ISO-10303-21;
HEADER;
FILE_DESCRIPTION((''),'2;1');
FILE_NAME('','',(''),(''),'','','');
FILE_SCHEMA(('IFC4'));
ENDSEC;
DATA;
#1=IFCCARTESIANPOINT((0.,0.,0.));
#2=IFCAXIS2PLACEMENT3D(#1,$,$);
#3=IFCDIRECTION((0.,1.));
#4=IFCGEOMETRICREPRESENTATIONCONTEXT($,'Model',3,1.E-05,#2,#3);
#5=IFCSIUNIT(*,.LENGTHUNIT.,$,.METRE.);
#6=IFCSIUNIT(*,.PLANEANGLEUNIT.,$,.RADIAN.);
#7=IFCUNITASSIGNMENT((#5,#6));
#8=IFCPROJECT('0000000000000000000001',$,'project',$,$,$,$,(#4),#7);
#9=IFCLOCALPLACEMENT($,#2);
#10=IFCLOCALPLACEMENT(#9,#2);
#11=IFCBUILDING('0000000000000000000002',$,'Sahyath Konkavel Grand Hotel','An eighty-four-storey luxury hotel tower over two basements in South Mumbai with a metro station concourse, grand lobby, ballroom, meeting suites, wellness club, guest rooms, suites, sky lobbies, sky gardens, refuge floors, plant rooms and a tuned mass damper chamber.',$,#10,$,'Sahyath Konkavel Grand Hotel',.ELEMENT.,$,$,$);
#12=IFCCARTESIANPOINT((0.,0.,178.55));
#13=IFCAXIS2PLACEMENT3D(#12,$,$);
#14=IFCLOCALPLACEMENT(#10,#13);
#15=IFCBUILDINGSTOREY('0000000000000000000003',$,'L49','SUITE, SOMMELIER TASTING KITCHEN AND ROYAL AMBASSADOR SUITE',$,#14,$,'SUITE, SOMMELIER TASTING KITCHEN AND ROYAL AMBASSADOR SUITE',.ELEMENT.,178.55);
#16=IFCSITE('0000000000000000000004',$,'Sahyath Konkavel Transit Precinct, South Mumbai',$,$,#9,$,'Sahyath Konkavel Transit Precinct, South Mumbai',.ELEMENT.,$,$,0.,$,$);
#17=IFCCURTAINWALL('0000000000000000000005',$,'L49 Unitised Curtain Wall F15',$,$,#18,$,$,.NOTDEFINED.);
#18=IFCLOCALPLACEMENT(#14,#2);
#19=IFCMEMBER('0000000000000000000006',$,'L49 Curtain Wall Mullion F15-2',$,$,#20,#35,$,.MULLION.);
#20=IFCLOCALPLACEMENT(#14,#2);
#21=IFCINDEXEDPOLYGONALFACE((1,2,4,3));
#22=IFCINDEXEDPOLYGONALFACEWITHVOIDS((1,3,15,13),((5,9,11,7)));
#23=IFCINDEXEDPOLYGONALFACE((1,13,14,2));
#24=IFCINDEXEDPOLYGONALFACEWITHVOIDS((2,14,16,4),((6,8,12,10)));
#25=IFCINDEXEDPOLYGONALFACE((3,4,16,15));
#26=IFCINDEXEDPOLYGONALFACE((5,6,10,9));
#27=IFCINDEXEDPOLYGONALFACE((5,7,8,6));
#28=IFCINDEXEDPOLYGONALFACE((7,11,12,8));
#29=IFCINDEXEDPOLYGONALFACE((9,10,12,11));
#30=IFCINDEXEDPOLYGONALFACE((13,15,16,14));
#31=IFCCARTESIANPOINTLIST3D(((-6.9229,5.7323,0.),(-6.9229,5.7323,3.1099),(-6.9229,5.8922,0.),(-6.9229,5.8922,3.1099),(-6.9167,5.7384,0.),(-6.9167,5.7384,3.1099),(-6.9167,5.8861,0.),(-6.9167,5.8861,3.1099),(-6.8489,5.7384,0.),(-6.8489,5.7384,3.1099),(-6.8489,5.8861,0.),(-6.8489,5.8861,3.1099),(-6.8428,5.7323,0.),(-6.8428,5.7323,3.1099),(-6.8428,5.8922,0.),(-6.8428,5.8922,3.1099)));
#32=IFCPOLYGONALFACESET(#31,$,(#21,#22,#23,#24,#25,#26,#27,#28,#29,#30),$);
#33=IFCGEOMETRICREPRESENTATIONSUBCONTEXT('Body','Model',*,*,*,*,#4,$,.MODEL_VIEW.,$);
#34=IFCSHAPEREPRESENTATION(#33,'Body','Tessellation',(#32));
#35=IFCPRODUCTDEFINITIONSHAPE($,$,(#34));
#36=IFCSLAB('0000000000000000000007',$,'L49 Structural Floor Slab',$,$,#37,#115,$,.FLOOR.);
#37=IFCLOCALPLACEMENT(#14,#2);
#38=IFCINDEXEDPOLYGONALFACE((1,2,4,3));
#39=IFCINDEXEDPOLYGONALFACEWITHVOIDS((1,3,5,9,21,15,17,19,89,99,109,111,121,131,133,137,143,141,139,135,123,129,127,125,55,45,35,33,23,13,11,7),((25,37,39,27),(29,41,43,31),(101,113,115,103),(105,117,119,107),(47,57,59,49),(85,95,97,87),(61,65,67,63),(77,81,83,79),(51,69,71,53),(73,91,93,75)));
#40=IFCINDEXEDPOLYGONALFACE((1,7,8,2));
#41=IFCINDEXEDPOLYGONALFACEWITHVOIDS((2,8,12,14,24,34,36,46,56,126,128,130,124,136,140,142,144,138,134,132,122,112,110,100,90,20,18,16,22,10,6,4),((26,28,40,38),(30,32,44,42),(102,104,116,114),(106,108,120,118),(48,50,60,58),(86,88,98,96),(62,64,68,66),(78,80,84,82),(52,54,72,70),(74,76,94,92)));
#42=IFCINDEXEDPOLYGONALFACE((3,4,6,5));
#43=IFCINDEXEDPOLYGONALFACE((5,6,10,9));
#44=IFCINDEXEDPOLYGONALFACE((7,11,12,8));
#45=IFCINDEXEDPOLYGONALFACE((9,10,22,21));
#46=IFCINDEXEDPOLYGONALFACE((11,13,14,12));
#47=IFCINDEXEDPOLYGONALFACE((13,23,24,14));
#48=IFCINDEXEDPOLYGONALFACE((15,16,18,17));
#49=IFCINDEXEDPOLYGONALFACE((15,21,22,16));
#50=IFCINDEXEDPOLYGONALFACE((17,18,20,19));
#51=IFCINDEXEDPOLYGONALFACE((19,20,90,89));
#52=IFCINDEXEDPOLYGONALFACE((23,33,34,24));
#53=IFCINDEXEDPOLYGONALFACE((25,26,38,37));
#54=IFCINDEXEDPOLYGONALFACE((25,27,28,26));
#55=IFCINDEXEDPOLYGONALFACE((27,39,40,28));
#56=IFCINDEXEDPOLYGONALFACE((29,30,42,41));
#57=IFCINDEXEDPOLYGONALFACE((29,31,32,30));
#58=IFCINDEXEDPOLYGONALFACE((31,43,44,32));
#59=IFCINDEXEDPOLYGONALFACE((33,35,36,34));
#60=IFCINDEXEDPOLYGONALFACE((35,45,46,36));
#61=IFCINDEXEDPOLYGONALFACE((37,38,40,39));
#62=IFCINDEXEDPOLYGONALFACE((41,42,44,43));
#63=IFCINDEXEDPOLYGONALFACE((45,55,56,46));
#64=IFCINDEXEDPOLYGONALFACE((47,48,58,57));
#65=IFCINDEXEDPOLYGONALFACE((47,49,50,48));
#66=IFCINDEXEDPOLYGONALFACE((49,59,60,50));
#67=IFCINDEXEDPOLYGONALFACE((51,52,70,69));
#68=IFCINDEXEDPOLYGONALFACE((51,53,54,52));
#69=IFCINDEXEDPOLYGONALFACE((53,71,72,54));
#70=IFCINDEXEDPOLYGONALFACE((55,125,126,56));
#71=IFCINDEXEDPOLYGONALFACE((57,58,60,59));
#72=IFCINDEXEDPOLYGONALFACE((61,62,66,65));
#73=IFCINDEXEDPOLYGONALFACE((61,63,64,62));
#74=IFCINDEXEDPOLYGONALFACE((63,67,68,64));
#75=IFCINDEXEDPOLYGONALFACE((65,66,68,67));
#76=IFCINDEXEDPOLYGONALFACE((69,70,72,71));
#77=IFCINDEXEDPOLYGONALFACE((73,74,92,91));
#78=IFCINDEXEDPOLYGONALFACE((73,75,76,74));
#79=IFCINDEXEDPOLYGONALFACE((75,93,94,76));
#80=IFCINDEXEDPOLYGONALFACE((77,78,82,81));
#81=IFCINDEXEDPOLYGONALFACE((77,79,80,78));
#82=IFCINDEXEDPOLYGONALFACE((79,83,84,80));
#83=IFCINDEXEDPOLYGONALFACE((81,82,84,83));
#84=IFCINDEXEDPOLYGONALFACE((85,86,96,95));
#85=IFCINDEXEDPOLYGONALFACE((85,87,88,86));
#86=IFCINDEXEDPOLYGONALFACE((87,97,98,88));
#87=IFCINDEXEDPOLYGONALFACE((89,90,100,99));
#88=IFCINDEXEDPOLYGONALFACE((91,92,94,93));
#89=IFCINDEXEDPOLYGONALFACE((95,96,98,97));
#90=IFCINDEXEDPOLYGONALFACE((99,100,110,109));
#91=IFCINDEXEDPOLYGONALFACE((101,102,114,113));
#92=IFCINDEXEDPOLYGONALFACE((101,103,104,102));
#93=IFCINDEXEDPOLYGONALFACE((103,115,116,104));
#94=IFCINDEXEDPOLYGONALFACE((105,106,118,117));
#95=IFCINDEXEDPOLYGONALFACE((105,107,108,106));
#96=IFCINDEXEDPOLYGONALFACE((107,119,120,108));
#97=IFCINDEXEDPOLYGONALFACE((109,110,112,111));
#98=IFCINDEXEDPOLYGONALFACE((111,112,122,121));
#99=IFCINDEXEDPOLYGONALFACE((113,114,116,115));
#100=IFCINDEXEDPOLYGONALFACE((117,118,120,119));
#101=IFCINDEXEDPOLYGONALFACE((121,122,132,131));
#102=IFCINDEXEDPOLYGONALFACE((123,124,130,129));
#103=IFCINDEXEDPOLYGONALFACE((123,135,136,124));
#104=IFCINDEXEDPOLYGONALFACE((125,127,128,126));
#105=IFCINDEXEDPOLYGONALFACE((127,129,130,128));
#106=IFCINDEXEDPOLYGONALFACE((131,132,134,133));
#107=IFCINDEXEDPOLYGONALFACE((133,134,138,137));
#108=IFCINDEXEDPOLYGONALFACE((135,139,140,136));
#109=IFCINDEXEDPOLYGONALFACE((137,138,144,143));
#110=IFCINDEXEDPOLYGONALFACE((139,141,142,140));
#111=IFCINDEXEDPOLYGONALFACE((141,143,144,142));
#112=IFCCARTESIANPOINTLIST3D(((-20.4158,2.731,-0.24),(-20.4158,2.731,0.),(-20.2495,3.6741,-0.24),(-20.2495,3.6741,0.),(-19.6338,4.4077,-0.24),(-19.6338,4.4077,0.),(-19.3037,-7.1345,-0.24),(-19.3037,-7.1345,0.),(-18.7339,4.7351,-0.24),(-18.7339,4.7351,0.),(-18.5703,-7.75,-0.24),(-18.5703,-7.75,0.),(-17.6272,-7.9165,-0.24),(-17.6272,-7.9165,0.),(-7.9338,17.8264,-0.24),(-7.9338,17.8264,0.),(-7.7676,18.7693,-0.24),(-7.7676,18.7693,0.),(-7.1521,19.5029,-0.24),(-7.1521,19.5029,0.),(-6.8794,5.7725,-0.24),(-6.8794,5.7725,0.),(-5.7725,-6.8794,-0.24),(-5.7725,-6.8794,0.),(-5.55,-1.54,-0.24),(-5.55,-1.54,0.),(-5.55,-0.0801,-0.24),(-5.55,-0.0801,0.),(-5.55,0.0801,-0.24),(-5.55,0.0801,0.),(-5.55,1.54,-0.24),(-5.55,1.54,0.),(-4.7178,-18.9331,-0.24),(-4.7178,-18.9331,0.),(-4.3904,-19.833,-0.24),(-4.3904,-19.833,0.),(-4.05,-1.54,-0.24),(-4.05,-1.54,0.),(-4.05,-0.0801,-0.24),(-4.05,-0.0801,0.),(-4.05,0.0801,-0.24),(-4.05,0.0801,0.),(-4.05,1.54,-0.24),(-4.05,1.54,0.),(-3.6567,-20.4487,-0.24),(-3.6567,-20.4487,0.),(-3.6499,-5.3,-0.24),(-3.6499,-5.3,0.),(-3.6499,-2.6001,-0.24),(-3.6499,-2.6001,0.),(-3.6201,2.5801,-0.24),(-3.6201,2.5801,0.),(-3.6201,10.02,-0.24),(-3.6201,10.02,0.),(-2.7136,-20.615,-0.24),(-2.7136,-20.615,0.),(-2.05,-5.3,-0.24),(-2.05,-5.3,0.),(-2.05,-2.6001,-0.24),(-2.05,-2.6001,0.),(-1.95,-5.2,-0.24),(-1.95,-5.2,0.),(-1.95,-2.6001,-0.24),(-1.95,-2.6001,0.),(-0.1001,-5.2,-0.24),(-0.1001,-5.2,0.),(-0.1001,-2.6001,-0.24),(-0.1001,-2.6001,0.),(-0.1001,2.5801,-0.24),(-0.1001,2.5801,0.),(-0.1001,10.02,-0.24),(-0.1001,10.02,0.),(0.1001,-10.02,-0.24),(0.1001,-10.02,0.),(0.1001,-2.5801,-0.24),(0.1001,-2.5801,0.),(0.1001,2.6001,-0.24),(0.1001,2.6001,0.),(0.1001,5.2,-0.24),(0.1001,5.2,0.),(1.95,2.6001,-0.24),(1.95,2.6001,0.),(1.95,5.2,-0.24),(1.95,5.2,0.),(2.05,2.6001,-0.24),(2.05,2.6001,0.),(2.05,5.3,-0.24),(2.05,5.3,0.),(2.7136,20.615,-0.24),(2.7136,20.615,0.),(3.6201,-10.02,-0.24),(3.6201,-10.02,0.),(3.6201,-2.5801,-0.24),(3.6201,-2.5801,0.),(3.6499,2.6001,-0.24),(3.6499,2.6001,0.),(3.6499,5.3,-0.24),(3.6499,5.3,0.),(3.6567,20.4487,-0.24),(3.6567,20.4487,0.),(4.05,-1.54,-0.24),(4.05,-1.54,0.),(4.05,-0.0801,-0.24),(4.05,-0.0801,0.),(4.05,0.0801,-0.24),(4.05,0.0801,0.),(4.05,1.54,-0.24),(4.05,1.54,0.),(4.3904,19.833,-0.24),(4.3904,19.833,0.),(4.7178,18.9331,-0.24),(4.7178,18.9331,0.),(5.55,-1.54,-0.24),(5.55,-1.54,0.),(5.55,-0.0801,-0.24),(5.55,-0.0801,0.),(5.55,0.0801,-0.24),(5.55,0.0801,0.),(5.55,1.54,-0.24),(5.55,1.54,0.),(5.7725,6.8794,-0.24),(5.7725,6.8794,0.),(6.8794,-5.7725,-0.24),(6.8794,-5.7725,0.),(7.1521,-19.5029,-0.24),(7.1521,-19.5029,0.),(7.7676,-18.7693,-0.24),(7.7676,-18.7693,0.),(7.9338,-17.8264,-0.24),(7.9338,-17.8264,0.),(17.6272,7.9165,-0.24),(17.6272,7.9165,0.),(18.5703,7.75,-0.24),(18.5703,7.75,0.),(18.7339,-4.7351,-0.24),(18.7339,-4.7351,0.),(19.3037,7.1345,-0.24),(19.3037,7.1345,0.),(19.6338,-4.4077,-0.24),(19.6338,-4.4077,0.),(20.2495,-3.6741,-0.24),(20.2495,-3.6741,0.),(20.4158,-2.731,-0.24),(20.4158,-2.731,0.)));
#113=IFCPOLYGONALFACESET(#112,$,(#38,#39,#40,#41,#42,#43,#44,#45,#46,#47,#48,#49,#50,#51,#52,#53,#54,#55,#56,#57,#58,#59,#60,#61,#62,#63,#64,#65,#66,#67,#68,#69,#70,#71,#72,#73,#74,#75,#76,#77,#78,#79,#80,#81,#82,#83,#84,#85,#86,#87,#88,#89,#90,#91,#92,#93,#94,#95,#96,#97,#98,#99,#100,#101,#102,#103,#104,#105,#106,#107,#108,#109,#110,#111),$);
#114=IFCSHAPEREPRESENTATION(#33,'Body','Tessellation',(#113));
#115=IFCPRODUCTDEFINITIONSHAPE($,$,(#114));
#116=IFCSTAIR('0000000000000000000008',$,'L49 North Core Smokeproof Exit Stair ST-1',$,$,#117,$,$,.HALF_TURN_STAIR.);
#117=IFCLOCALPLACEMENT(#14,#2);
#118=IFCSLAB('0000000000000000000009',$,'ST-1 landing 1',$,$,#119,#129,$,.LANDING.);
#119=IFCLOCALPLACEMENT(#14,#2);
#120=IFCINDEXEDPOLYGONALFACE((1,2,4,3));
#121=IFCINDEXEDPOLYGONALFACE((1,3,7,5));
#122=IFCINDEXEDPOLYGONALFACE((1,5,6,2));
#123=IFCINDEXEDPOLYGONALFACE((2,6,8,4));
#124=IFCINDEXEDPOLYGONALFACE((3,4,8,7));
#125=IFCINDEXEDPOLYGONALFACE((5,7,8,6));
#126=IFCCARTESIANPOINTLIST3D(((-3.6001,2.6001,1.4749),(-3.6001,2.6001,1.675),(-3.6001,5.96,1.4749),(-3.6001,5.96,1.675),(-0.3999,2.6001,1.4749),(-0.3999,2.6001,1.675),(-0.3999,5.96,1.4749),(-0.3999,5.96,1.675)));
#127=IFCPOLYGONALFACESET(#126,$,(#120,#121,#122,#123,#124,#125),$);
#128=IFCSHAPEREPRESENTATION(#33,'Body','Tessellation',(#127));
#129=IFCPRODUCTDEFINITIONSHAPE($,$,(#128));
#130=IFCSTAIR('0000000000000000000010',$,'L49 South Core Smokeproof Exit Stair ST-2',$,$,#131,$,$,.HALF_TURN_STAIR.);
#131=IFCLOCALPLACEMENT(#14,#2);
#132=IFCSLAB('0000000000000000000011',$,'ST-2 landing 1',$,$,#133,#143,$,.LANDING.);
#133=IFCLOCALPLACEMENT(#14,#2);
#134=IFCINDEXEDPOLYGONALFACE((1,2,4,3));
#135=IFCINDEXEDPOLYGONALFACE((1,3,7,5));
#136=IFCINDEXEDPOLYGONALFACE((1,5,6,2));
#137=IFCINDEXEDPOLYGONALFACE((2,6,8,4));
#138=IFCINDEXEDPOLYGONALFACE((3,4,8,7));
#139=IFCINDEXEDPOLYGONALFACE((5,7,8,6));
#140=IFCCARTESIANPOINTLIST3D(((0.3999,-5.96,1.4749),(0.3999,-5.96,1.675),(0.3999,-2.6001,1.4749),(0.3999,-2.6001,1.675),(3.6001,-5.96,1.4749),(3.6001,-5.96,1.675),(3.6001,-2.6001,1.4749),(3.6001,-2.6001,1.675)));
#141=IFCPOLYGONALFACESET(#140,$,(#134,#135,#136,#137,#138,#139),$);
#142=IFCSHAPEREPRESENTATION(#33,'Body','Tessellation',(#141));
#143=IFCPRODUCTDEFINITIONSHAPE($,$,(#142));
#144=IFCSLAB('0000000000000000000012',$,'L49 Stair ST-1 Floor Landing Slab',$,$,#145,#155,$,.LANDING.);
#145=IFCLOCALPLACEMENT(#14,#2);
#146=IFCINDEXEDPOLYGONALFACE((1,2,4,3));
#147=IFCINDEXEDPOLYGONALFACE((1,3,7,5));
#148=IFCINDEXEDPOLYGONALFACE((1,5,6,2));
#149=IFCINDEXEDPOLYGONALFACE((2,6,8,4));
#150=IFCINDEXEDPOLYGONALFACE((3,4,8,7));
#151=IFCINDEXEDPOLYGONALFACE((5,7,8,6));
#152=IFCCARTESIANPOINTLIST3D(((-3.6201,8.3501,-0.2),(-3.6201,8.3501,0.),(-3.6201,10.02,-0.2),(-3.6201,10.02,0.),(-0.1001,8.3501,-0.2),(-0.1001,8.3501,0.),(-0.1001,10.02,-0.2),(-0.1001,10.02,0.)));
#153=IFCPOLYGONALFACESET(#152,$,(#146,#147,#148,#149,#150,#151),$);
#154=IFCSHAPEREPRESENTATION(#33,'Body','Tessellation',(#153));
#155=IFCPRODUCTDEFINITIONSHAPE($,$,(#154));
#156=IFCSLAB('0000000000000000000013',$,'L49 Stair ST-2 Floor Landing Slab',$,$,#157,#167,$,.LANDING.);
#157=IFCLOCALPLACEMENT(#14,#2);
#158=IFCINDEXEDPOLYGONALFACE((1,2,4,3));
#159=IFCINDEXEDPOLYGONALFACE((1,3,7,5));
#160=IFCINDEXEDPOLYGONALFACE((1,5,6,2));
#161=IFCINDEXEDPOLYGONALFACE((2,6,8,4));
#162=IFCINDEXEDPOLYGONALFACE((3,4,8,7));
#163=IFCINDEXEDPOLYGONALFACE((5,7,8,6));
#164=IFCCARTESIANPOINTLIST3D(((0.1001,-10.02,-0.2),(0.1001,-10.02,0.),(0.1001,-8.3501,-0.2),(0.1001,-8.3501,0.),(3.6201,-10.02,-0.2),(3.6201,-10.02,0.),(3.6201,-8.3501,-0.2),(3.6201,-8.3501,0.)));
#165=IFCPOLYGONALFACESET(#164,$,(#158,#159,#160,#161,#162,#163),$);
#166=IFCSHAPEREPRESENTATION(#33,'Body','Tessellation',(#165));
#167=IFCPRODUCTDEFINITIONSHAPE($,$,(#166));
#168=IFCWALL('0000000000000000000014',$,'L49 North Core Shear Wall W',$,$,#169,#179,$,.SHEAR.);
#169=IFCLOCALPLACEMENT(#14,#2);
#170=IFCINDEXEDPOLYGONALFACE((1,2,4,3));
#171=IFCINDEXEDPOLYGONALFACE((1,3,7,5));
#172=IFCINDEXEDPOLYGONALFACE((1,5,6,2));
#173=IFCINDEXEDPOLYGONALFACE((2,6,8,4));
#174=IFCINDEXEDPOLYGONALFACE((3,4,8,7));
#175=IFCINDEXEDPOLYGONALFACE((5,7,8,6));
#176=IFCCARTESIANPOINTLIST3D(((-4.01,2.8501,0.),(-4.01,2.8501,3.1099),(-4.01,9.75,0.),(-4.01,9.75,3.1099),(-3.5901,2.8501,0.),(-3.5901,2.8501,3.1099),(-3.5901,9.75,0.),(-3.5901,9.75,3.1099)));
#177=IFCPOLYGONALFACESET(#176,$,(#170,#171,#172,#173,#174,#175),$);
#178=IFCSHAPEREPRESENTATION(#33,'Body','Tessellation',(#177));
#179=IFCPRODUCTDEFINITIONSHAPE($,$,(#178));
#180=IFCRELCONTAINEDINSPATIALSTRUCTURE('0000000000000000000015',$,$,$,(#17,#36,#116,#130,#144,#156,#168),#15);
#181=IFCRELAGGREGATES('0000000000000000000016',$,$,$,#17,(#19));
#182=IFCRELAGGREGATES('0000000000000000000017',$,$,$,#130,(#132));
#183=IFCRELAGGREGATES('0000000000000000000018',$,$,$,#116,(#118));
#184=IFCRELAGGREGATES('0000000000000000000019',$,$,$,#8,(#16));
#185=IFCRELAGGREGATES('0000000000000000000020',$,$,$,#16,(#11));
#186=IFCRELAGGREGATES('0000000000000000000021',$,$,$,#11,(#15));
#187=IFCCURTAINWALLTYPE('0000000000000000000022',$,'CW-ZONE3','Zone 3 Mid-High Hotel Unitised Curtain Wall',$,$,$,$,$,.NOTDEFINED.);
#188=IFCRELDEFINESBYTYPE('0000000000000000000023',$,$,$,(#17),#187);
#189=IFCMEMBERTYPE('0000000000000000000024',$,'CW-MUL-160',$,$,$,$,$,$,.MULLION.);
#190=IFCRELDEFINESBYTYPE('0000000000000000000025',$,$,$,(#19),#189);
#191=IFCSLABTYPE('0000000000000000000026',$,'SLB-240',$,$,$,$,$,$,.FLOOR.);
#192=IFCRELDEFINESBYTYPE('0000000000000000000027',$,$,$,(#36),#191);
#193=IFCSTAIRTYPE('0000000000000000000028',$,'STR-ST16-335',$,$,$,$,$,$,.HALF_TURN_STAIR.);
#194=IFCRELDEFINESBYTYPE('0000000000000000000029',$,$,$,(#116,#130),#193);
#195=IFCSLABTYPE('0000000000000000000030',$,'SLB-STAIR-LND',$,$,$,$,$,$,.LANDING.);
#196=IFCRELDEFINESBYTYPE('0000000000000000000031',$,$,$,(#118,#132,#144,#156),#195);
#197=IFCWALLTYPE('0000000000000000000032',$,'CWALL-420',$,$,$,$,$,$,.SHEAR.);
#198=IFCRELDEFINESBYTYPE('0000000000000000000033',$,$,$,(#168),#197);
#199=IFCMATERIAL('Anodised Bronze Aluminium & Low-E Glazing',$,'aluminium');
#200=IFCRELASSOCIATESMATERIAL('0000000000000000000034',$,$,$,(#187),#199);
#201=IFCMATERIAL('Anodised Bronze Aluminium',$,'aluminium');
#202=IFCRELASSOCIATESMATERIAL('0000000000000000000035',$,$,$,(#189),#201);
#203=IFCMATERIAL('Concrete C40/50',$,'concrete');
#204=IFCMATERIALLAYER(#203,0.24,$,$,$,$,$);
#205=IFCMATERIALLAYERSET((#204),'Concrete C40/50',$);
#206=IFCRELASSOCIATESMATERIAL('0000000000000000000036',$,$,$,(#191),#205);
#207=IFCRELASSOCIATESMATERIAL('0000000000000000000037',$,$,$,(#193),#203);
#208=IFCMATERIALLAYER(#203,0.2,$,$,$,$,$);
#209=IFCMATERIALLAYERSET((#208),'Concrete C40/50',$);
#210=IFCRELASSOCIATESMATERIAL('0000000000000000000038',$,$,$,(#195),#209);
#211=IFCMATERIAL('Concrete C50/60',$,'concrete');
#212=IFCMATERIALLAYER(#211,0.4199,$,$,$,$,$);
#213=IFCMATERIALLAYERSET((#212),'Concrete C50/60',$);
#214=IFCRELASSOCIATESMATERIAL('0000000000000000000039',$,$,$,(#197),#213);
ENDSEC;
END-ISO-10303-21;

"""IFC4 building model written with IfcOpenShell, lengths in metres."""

from ifc_helpers import new_model, si_unit, direction, frame, frame_2d, origin, origin_2d, place, context, subcontext, project, spatial, polyline, rectangle, hollow_rectangle, outline, extrude, source, transform, mapped, material, layer, layer_set, material_profile, profile_set, type_object, element, aggregate, save


model = new_model("IFC4")

# Units and contexts
model_context = context("Model", 3, precision=1e-05, world=origin(), true_north=direction((0.0, 1.0)))
body_context = subcontext(model_context, "Body", "Model", "MODEL_VIEW")
ifc_project = project(units=[si_unit("LENGTHUNIT", "METRE"), si_unit("PLANEANGLEUNIT", "RADIAN")], contexts=[model_context])

# Site, building, storey
site_placement = place(None, origin())
site = spatial("IfcSite", under=ifc_project, at=site_placement, Name="Sahyath Konkavel Transit Precinct, South Mumbai", LongName="Sahyath Konkavel Transit Precinct, South Mumbai", CompositionType="ELEMENT", RefElevation=0.0)
building_placement = place(site_placement, origin())
building = spatial("IfcBuilding", under=site, at=building_placement, Name="Sahyath Konkavel Grand Hotel", Description="An eighty-four-storey luxury hotel tower over two basements in South Mumbai with a metro station concourse, grand lobby, ballroom, meeting suites, wellness club, guest rooms, suites, sky lobbies, sky gardens, refuge floors, plant rooms and a tuned mass damper chamber.", LongName="Sahyath Konkavel Grand Hotel", CompositionType="ELEMENT")
storey_placement = place(building_placement, frame((0.0, 0.0, 178.55)))
storey = spatial("IfcBuildingStorey", under=building, at=storey_placement, Name="L49", Description="SUITE, SOMMELIER TASTING KITCHEN AND ROYAL AMBASSADOR SUITE", LongName="SUITE, SOMMELIER TASTING KITCHEN AND ROYAL AMBASSADOR SUITE", CompositionType="ELEMENT", Elevation=178.55)

# Shared definitions
ifc_material_1 = material(Name="Concrete C50/60", Category="concrete")

# Curtain wall, member
ifc_material_2 = material(Name="Anodised Bronze Aluminium & Low-E Glazing", Category="aluminium")
curtain_wall_type = type_object("IfcCurtainWallType", Name="CW-ZONE3", Description="Zone 3 Mid-High Hotel Unitised Curtain Wall", PredefinedType="NOTDEFINED", material=ifc_material_2)
curtain_wall_placement = place(storey_placement, origin())
curtain_wall = element("IfcCurtainWall", 1, at=curtain_wall_placement, inside=storey, type_object=curtain_wall_type, Name="L49 Unitised Curtain Wall F15", PredefinedType="NOTDEFINED")
ifc_material_3 = material(Name="Anodised Bronze Aluminium", Category="aluminium")
ifc_material_profile_1 = material_profile(ifc_material_3, hollow_rectangle(XDim=0.0801, YDim=0.1599, WallThickness=0.0061, at=origin_2d()), Name="RHS 160x80x6")
ifc_profile_set_1 = profile_set([ifc_material_profile_1], Name="Anodised Bronze Aluminium")
member_type = type_object("IfcMemberType", Name="CW-MUL-160", PredefinedType="MULLION", material=ifc_profile_set_1)
shared_shape_1 = source(origin(), body_context, "Body", "SweptSolid", [
    extrude(hollow_rectangle(XDim=0.0801, YDim=0.1599, WallThickness=0.0061, at=origin_2d()), origin(), (0.0, 0.0, 1.0), 3.1099),
])
member_placement = place(storey_placement, frame((-6.8828, 5.8123, 0.0), z_axis=(0.0, 0.0, 1.0), x_axis=(1.0, 0.0, 0.0)))
member = element("IfcMember", 2, at=member_placement, type_object=member_type, Name="L49 Curtain Wall Mullion F15-2", PredefinedType="MULLION", context=body_context, shape_type="MappedRepresentation", body=[
    mapped(shared_shape_1, transform((0.0, 0.0, 0.0), scale=1.0)),
])
aggregate(curtain_wall, [member])

# Slab
ifc_material_4 = material(Name="Concrete C40/50", Category="concrete")
ifc_layer_1 = layer(ifc_material_4, 0.24)
ifc_layer_set_1 = layer_set([ifc_layer_1], Name="Concrete C40/50")
slab_type_1 = type_object("IfcSlabType", Name="SLB-240", PredefinedType="FLOOR", material=ifc_layer_set_1)
slab_1_placement = place(storey_placement, frame((0.0, 0.0, -0.24)))
element("IfcSlab", 3, at=slab_1_placement, inside=storey, type_object=slab_type_1, Name="L49 Structural Floor Slab", PredefinedType="FLOOR", context=body_context, shape_type="SweptSolid", body=[
    extrude(outline(polyline([(6.8794, -5.7725), (18.7339, -4.7351), (19.6338, -4.4077), (20.2495, -3.6741), (20.4158, -2.731), (19.3037, 7.1345), (18.5703, 7.75), (17.6272, 7.9165), (5.7725, 6.8794), (4.7178, 18.9331), (4.3904, 19.833), (3.6567, 20.4487), (2.7136, 20.615), (-7.1521, 19.5029), (-7.7676, 18.7693), (-7.9338, 17.8264), (-6.8794, 5.7725), (-18.7339, 4.7351), (-19.6338, 4.4077), (-20.2495, 3.6741), (-20.4158, 2.731), (-19.3037, -7.1345), (-18.5703, -7.75), (-17.6272, -7.9165), (-5.7725, -6.8794), (-4.7178, -18.9331), (-4.3904, -19.833), (-3.6567, -20.4487), (-2.7136, -20.615), (7.1521, -19.5029), (7.7676, -18.7693), (7.9338, -17.8264), (6.8794, -5.7725)]), holes=[polyline([(-3.6201, 2.5801), (-0.1001, 2.5801), (-0.1001, 10.02), (-3.6201, 10.02), (-3.6201, 2.5801)]), polyline([(0.1001, -10.02), (3.6201, -10.02), (3.6201, -2.5801), (0.1001, -2.5801), (0.1001, -10.02)]), polyline([(0.1001, 2.6001), (1.95, 2.6001), (1.95, 5.2), (0.1001, 5.2), (0.1001, 2.6001)]), polyline([(-1.95, -5.2), (-0.1001, -5.2), (-0.1001, -2.6001), (-1.95, -2.6001), (-1.95, -5.2)]), polyline([(2.05, 2.6001), (3.6499, 2.6001), (3.6499, 5.3), (2.05, 5.3), (2.05, 2.6001)]), polyline([(-3.6499, -5.3), (-2.05, -5.3), (-2.05, -2.6001), (-3.6499, -2.6001), (-3.6499, -5.3)]), polyline([(4.05, 0.0801), (5.55, 0.0801), (5.55, 1.54), (4.05, 1.54), (4.05, 0.0801)]), polyline([(4.05, -1.54), (5.55, -1.54), (5.55, -0.0801), (4.05, -0.0801), (4.05, -1.54)]), polyline([(-5.55, 0.0801), (-4.05, 0.0801), (-4.05, 1.54), (-5.55, 1.54), (-5.55, 0.0801)]), polyline([(-5.55, -1.54), (-4.05, -1.54), (-4.05, -0.0801), (-5.55, -0.0801), (-5.55, -1.54)])]), origin(), (0.0, 0.0, 1.0), 0.24),
])

# Stairs, slabs
stair_type = type_object("IfcStairType", Name="STR-ST16-335", PredefinedType="HALF_TURN_STAIR", material=ifc_material_4)
stair_1_placement = place(storey_placement, origin())
stair_1 = element("IfcStair", 4, at=stair_1_placement, inside=storey, type_object=stair_type, Name="L49 North Core Smokeproof Exit Stair ST-1", PredefinedType="HALF_TURN_STAIR")
ifc_layer_2 = layer(ifc_material_4, 0.2)
ifc_layer_set_2 = layer_set([ifc_layer_2], Name="Concrete C40/50")
slab_type_2 = type_object("IfcSlabType", Name="SLB-STAIR-LND", PredefinedType="LANDING", material=ifc_layer_set_2)
slab_2_placement = place(storey_placement, frame((0.0, 0.0, 1.4749)))
slab_2 = element("IfcSlab", 5, at=slab_2_placement, type_object=slab_type_2, Name="ST-1 landing 1", PredefinedType="LANDING", context=body_context, shape_type="SweptSolid", body=[
    extrude(outline(polyline([(-3.6001, 5.96), (-3.6001, 2.6001), (-0.3999, 2.6001), (-0.3999, 5.96), (-3.6001, 5.96)])), origin(), (0.0, 0.0, 1.0), 0.2002),
])
stair_2_placement = place(storey_placement, origin())
stair_2 = element("IfcStair", 6, at=stair_2_placement, inside=storey, type_object=stair_type, Name="L49 South Core Smokeproof Exit Stair ST-2", PredefinedType="HALF_TURN_STAIR")
slab_3_placement = place(storey_placement, frame((0.0, 0.0, 1.4749)))
slab_3 = element("IfcSlab", 7, at=slab_3_placement, type_object=slab_type_2, Name="ST-2 landing 1", PredefinedType="LANDING", context=body_context, shape_type="SweptSolid", body=[
    extrude(outline(polyline([(3.6001, -5.96), (3.6001, -2.6001), (0.3999, -2.6001), (0.3999, -5.96), (3.6001, -5.96)])), origin(), (0.0, 0.0, 1.0), 0.2002),
])
aggregate(stair_2, [slab_3])

# Slabs
slab_4_placement = place(storey_placement, frame((0.0, 0.0, -0.2)))
element("IfcSlab", 8, at=slab_4_placement, inside=storey, type_object=slab_type_2, Name="L49 Stair ST-1 Floor Landing Slab", PredefinedType="LANDING", context=body_context, shape_type="SweptSolid", body=[
    extrude(outline(polyline([(-3.6201, 8.3501), (-0.1001, 8.3501), (-0.1001, 10.02), (-3.6201, 10.02), (-3.6201, 8.3501)])), origin(), (0.0, 0.0, 1.0), 0.2),
])
slab_5_placement = place(storey_placement, frame((0.0, 0.0, -0.2)))
element("IfcSlab", 9, at=slab_5_placement, inside=storey, type_object=slab_type_2, Name="L49 Stair ST-2 Floor Landing Slab", PredefinedType="LANDING", context=body_context, shape_type="SweptSolid", body=[
    extrude(outline(polyline([(0.1001, -10.02), (3.6201, -10.02), (3.6201, -8.3501), (0.1001, -8.3501), (0.1001, -10.02)])), origin(), (0.0, 0.0, 1.0), 0.2),
])

# Wall
ifc_layer_3 = layer(ifc_material_1, 0.4199)
ifc_layer_set_3 = layer_set([ifc_layer_3], Name="Concrete C50/60")
wall_type_1 = type_object("IfcWallType", Name="CWALL-420", PredefinedType="SHEAR", material=ifc_layer_set_3)
wall_1_placement = place(storey_placement, frame((-3.8, 2.8501, 0.0), z_axis=(0.0, 0.0, 1.0), x_axis=(0.0, 1.0, 0.0)))
element("IfcWall", 10, at=wall_1_placement, inside=storey, type_object=wall_type_1, Name="L49 North Core Shear Wall W", PredefinedType="SHEAR", context=body_context, shape_type="SweptSolid", body=[
    extrude(rectangle(XDim=6.8999, YDim=0.4199, at=frame_2d((3.45, 0.0))), origin(), (0.0, 0.0, 1.0), 3.1099),
])

aggregate(stair_1, [slab_2])

save(model, "model.ifc")
